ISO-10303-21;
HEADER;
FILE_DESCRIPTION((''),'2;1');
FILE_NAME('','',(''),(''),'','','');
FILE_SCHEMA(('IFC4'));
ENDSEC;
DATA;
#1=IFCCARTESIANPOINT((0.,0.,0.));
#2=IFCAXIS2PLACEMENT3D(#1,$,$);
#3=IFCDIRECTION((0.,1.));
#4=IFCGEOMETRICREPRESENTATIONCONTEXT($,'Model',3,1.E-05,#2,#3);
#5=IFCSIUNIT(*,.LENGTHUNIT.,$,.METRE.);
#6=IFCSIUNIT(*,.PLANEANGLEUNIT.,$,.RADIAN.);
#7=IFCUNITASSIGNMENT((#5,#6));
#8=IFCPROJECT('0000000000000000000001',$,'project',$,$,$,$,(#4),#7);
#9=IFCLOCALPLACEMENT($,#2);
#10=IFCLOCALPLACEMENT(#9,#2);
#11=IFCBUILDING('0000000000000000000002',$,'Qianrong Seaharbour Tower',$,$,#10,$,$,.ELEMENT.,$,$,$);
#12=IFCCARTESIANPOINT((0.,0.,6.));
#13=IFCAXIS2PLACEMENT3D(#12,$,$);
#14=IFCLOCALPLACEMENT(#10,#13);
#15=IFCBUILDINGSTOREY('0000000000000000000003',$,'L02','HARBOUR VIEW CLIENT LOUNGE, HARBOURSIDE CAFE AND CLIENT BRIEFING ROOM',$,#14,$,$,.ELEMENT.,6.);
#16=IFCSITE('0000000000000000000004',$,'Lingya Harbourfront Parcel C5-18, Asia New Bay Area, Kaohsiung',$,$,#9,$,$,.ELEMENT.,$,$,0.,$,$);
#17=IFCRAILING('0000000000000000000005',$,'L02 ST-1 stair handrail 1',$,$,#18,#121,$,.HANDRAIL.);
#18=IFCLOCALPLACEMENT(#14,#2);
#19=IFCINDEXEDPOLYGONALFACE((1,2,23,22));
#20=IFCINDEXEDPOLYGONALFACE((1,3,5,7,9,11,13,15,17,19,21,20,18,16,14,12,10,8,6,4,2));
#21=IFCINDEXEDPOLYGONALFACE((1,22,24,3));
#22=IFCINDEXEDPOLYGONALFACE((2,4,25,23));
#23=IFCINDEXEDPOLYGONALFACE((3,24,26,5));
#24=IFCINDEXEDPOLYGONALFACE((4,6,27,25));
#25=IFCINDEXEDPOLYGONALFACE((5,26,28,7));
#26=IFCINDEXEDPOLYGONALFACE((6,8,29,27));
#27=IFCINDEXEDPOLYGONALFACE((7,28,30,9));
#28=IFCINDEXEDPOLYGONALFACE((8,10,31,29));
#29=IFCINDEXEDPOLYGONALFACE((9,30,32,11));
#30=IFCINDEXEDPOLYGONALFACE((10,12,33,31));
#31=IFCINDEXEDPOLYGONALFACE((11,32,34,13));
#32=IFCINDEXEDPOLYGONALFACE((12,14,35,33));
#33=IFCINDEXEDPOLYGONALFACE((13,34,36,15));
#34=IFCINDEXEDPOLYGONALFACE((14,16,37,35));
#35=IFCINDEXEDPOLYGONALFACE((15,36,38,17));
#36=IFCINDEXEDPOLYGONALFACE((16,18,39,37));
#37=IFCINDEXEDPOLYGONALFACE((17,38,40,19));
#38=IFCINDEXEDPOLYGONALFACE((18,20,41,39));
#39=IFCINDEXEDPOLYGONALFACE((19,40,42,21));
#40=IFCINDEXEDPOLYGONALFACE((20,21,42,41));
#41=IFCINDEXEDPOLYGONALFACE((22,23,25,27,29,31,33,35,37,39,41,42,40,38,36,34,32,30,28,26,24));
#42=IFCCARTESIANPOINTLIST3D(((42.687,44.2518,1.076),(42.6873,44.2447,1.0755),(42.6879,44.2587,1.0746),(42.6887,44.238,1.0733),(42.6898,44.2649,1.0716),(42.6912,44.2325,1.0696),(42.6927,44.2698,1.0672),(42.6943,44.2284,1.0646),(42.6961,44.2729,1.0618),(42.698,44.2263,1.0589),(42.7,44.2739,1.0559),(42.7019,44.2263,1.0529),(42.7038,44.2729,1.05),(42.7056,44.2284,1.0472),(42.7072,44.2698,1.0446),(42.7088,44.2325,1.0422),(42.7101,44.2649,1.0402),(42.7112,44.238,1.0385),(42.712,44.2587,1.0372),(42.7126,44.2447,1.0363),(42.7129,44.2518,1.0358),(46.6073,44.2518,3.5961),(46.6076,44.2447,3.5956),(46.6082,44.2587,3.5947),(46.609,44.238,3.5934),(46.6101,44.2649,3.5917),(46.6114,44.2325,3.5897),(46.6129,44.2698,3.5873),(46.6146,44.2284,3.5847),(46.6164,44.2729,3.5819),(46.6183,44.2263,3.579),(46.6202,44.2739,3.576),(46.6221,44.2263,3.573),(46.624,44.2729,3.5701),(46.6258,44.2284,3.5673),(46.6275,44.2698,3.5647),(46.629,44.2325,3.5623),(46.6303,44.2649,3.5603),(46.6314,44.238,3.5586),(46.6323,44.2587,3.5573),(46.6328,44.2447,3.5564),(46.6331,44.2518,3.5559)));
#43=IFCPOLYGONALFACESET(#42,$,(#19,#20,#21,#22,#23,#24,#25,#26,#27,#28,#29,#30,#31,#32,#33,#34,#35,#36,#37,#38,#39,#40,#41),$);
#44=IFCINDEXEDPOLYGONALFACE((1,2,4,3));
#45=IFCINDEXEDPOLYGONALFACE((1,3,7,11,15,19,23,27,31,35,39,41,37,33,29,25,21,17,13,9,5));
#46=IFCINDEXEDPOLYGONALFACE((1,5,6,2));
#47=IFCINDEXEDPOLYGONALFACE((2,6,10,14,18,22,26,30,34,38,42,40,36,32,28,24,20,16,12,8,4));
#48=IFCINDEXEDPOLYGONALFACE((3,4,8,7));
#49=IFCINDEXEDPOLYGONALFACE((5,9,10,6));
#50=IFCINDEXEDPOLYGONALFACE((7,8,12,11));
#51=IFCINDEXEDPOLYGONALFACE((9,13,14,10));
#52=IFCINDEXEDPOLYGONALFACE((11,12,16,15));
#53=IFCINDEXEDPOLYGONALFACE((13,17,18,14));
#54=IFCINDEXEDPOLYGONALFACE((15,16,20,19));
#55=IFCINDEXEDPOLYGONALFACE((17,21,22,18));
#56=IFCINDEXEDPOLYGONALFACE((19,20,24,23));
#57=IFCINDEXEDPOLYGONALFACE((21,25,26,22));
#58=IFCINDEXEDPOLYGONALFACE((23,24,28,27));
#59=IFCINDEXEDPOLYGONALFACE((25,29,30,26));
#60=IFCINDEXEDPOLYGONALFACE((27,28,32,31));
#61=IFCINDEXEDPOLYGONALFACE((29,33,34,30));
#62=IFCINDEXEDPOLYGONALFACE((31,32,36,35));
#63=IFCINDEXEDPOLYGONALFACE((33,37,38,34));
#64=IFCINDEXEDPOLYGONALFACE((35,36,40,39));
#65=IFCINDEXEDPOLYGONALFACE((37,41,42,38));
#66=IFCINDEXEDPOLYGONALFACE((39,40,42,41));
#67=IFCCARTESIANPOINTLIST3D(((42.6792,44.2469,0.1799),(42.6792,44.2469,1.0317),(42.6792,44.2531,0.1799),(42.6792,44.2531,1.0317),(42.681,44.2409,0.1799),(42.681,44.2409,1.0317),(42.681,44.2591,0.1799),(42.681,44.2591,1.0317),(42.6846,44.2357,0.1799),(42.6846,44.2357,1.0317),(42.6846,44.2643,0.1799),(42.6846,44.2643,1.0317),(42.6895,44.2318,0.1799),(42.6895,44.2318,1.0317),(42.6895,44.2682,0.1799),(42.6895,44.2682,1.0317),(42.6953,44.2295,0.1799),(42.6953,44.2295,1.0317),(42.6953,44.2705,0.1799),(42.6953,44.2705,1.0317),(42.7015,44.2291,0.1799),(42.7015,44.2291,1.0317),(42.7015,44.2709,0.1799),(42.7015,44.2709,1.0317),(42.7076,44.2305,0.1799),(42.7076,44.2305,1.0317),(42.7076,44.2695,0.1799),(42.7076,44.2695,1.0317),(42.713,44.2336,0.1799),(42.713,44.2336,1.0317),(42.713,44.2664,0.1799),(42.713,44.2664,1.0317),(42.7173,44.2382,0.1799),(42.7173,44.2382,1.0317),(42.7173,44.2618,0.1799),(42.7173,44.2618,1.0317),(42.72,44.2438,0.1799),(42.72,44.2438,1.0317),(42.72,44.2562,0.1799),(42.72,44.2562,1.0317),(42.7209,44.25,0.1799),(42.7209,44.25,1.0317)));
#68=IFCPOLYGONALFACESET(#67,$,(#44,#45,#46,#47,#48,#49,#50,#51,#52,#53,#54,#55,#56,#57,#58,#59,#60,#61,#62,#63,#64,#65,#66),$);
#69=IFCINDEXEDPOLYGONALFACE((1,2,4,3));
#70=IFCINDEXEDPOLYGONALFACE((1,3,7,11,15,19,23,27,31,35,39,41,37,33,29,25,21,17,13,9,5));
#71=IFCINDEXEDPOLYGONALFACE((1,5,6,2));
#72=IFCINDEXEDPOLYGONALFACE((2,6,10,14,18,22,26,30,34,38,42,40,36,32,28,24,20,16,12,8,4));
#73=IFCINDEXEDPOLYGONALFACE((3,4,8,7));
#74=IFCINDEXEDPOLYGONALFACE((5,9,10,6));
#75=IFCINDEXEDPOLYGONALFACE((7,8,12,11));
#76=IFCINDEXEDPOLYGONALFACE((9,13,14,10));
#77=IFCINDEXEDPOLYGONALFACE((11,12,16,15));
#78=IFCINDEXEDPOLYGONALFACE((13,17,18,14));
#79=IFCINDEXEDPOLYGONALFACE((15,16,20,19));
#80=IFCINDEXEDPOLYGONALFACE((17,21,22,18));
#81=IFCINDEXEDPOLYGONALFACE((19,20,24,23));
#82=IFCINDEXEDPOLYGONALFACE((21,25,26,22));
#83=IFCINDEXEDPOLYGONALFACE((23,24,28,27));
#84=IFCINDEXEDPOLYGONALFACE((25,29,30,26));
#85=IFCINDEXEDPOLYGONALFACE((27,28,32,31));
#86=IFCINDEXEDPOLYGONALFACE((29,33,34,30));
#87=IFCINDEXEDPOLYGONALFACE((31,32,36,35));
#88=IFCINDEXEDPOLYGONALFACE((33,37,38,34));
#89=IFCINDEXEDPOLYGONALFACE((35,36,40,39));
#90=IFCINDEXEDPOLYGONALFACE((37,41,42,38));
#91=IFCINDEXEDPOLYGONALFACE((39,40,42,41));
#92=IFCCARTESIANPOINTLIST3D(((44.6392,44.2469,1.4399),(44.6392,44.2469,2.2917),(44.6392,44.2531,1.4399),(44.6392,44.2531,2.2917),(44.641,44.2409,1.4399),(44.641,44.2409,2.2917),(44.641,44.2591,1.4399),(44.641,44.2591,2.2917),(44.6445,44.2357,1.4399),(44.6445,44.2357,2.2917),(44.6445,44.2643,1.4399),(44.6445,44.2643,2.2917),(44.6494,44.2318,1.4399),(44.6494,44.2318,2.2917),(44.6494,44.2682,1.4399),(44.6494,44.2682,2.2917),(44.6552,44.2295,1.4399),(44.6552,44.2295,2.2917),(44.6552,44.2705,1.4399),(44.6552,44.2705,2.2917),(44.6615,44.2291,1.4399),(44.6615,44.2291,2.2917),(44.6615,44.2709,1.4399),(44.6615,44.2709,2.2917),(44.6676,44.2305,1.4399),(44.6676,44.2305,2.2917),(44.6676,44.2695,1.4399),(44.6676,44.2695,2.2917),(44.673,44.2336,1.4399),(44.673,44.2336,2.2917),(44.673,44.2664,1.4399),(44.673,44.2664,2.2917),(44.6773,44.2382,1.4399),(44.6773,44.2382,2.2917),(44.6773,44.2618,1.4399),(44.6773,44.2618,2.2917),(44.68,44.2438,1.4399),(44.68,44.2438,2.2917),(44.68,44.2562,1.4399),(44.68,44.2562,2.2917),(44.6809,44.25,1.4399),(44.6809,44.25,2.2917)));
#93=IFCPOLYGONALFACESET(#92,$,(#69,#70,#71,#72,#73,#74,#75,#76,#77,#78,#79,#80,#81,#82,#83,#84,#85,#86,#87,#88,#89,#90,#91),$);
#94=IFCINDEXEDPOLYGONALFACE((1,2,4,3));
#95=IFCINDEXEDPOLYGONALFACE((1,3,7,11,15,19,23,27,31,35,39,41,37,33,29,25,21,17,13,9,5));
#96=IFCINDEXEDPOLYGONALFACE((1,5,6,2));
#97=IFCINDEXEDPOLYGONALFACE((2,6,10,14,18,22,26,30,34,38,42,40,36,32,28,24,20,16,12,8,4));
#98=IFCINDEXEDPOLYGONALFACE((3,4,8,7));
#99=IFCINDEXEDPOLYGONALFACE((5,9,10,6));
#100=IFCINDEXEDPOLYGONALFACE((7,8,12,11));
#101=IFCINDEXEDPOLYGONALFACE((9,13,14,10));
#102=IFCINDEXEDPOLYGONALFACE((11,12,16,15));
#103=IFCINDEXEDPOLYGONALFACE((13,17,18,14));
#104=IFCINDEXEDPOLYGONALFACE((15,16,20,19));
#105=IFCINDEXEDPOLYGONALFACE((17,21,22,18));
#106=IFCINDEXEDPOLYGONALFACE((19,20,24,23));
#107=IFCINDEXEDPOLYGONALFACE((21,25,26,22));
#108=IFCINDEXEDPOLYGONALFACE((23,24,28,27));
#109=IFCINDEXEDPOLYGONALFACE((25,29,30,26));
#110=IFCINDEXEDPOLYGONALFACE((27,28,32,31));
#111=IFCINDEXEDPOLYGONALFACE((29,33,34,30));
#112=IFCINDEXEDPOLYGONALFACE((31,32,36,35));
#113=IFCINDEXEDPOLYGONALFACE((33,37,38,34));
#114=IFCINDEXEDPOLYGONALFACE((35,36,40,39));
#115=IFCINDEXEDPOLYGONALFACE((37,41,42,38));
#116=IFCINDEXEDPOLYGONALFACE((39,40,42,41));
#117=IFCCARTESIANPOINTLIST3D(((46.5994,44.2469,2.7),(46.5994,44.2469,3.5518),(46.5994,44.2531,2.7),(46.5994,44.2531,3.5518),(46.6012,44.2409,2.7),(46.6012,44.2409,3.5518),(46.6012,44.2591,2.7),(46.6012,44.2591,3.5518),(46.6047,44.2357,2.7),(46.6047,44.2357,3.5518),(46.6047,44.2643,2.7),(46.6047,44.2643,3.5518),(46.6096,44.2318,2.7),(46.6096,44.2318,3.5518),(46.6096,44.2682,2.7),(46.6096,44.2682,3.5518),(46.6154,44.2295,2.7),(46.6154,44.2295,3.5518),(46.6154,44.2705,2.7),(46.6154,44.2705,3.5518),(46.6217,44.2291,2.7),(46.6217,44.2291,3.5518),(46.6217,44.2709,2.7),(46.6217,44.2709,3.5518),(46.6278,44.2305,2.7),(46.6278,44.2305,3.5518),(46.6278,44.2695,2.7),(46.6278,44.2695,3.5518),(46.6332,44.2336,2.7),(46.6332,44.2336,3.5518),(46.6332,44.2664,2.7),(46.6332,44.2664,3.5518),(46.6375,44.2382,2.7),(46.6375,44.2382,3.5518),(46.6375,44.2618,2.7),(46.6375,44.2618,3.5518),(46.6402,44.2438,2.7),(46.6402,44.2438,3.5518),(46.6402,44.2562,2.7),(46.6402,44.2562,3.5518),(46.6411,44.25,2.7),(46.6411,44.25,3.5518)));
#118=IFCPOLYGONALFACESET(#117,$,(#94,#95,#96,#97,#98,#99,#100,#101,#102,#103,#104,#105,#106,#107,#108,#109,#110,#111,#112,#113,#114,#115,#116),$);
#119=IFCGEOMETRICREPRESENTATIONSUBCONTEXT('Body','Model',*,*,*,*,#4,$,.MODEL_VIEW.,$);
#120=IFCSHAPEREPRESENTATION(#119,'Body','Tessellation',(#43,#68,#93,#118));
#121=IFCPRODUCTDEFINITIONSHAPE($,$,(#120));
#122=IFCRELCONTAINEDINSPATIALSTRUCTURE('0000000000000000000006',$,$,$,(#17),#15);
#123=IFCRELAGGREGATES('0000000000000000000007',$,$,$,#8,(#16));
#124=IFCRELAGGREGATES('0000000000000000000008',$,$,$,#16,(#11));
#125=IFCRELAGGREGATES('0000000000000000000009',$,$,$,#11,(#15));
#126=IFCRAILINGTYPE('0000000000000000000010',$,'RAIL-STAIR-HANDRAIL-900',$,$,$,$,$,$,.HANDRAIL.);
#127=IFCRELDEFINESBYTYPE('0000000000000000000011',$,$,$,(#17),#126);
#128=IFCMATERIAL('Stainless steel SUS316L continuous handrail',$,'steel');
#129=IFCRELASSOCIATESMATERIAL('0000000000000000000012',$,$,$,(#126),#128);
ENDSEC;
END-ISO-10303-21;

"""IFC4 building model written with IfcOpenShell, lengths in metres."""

from ifc_helpers import new_model, si_unit, direction, frame, origin, origin_2d, place, context, subcontext, project, spatial, circle, extrude, material, type_object, element, save


model = new_model("IFC4")

# Units and contexts
model_context = context("Model", 3, precision=1e-05, world=origin(), true_north=direction((0.0, 1.0)))
body_context = subcontext(model_context, "Body", "Model", "MODEL_VIEW")
ifc_project = project(units=[si_unit("LENGTHUNIT", "METRE"), si_unit("PLANEANGLEUNIT", "RADIAN")], contexts=[model_context])

# Site, building, storey
site_placement = place(None, origin())
site = spatial("IfcSite", under=ifc_project, at=site_placement, Name="Lingya Harbourfront Parcel C5-18, Asia New Bay Area, Kaohsiung", CompositionType="ELEMENT", RefElevation=0.0)
building_placement = place(site_placement, origin())
building = spatial("IfcBuilding", under=site, at=building_placement, Name="Qianrong Seaharbour Tower", CompositionType="ELEMENT")
storey_placement = place(building_placement, frame((0.0, 0.0, 6.0)))
storey = spatial("IfcBuildingStorey", under=building, at=storey_placement, Name="L02", Description="HARBOUR VIEW CLIENT LOUNGE, HARBOURSIDE CAFE AND CLIENT BRIEFING ROOM", CompositionType="ELEMENT", Elevation=6.0)

# Railing
ifc_material_1 = material(Name="Stainless steel SUS316L continuous handrail", Category="steel")
railing_type_1 = type_object("IfcRailingType", Name="RAIL-STAIR-HANDRAIL-900", PredefinedType="HANDRAIL", material=ifc_material_1)
railing_1_placement = place(storey_placement, frame((42.7, 44.25, 0.1799)))
element("IfcRailing", 1, at=railing_1_placement, inside=storey, type_object=railing_type_1, Name="L02 ST-1 stair handrail 1", PredefinedType="HANDRAIL", context=body_context, shape_type="SweptSolid", body=[
    extrude(circle(Radius=0.0239, at=origin_2d()), frame((0.0, 0.0, 0.876), z_axis=(0.841187, 0.0, 0.540744), x_axis=(0.0, 1.0, 0.0)), (0.0, 0.0, 1.0), 4.6604),
    extrude(circle(Radius=0.021, at=origin_2d()), origin(), (0.0, 0.0, 1.0), 0.8518),
    extrude(circle(Radius=0.021, at=origin_2d()), frame((1.96, 0.0, 1.26)), (0.0, 0.0, 1.0), 0.8518),
    extrude(circle(Radius=0.021, at=origin_2d()), frame((3.9202, 0.0, 2.52)), (0.0, 0.0, 1.0), 0.8518),
])

save(model, "model.ifc")
